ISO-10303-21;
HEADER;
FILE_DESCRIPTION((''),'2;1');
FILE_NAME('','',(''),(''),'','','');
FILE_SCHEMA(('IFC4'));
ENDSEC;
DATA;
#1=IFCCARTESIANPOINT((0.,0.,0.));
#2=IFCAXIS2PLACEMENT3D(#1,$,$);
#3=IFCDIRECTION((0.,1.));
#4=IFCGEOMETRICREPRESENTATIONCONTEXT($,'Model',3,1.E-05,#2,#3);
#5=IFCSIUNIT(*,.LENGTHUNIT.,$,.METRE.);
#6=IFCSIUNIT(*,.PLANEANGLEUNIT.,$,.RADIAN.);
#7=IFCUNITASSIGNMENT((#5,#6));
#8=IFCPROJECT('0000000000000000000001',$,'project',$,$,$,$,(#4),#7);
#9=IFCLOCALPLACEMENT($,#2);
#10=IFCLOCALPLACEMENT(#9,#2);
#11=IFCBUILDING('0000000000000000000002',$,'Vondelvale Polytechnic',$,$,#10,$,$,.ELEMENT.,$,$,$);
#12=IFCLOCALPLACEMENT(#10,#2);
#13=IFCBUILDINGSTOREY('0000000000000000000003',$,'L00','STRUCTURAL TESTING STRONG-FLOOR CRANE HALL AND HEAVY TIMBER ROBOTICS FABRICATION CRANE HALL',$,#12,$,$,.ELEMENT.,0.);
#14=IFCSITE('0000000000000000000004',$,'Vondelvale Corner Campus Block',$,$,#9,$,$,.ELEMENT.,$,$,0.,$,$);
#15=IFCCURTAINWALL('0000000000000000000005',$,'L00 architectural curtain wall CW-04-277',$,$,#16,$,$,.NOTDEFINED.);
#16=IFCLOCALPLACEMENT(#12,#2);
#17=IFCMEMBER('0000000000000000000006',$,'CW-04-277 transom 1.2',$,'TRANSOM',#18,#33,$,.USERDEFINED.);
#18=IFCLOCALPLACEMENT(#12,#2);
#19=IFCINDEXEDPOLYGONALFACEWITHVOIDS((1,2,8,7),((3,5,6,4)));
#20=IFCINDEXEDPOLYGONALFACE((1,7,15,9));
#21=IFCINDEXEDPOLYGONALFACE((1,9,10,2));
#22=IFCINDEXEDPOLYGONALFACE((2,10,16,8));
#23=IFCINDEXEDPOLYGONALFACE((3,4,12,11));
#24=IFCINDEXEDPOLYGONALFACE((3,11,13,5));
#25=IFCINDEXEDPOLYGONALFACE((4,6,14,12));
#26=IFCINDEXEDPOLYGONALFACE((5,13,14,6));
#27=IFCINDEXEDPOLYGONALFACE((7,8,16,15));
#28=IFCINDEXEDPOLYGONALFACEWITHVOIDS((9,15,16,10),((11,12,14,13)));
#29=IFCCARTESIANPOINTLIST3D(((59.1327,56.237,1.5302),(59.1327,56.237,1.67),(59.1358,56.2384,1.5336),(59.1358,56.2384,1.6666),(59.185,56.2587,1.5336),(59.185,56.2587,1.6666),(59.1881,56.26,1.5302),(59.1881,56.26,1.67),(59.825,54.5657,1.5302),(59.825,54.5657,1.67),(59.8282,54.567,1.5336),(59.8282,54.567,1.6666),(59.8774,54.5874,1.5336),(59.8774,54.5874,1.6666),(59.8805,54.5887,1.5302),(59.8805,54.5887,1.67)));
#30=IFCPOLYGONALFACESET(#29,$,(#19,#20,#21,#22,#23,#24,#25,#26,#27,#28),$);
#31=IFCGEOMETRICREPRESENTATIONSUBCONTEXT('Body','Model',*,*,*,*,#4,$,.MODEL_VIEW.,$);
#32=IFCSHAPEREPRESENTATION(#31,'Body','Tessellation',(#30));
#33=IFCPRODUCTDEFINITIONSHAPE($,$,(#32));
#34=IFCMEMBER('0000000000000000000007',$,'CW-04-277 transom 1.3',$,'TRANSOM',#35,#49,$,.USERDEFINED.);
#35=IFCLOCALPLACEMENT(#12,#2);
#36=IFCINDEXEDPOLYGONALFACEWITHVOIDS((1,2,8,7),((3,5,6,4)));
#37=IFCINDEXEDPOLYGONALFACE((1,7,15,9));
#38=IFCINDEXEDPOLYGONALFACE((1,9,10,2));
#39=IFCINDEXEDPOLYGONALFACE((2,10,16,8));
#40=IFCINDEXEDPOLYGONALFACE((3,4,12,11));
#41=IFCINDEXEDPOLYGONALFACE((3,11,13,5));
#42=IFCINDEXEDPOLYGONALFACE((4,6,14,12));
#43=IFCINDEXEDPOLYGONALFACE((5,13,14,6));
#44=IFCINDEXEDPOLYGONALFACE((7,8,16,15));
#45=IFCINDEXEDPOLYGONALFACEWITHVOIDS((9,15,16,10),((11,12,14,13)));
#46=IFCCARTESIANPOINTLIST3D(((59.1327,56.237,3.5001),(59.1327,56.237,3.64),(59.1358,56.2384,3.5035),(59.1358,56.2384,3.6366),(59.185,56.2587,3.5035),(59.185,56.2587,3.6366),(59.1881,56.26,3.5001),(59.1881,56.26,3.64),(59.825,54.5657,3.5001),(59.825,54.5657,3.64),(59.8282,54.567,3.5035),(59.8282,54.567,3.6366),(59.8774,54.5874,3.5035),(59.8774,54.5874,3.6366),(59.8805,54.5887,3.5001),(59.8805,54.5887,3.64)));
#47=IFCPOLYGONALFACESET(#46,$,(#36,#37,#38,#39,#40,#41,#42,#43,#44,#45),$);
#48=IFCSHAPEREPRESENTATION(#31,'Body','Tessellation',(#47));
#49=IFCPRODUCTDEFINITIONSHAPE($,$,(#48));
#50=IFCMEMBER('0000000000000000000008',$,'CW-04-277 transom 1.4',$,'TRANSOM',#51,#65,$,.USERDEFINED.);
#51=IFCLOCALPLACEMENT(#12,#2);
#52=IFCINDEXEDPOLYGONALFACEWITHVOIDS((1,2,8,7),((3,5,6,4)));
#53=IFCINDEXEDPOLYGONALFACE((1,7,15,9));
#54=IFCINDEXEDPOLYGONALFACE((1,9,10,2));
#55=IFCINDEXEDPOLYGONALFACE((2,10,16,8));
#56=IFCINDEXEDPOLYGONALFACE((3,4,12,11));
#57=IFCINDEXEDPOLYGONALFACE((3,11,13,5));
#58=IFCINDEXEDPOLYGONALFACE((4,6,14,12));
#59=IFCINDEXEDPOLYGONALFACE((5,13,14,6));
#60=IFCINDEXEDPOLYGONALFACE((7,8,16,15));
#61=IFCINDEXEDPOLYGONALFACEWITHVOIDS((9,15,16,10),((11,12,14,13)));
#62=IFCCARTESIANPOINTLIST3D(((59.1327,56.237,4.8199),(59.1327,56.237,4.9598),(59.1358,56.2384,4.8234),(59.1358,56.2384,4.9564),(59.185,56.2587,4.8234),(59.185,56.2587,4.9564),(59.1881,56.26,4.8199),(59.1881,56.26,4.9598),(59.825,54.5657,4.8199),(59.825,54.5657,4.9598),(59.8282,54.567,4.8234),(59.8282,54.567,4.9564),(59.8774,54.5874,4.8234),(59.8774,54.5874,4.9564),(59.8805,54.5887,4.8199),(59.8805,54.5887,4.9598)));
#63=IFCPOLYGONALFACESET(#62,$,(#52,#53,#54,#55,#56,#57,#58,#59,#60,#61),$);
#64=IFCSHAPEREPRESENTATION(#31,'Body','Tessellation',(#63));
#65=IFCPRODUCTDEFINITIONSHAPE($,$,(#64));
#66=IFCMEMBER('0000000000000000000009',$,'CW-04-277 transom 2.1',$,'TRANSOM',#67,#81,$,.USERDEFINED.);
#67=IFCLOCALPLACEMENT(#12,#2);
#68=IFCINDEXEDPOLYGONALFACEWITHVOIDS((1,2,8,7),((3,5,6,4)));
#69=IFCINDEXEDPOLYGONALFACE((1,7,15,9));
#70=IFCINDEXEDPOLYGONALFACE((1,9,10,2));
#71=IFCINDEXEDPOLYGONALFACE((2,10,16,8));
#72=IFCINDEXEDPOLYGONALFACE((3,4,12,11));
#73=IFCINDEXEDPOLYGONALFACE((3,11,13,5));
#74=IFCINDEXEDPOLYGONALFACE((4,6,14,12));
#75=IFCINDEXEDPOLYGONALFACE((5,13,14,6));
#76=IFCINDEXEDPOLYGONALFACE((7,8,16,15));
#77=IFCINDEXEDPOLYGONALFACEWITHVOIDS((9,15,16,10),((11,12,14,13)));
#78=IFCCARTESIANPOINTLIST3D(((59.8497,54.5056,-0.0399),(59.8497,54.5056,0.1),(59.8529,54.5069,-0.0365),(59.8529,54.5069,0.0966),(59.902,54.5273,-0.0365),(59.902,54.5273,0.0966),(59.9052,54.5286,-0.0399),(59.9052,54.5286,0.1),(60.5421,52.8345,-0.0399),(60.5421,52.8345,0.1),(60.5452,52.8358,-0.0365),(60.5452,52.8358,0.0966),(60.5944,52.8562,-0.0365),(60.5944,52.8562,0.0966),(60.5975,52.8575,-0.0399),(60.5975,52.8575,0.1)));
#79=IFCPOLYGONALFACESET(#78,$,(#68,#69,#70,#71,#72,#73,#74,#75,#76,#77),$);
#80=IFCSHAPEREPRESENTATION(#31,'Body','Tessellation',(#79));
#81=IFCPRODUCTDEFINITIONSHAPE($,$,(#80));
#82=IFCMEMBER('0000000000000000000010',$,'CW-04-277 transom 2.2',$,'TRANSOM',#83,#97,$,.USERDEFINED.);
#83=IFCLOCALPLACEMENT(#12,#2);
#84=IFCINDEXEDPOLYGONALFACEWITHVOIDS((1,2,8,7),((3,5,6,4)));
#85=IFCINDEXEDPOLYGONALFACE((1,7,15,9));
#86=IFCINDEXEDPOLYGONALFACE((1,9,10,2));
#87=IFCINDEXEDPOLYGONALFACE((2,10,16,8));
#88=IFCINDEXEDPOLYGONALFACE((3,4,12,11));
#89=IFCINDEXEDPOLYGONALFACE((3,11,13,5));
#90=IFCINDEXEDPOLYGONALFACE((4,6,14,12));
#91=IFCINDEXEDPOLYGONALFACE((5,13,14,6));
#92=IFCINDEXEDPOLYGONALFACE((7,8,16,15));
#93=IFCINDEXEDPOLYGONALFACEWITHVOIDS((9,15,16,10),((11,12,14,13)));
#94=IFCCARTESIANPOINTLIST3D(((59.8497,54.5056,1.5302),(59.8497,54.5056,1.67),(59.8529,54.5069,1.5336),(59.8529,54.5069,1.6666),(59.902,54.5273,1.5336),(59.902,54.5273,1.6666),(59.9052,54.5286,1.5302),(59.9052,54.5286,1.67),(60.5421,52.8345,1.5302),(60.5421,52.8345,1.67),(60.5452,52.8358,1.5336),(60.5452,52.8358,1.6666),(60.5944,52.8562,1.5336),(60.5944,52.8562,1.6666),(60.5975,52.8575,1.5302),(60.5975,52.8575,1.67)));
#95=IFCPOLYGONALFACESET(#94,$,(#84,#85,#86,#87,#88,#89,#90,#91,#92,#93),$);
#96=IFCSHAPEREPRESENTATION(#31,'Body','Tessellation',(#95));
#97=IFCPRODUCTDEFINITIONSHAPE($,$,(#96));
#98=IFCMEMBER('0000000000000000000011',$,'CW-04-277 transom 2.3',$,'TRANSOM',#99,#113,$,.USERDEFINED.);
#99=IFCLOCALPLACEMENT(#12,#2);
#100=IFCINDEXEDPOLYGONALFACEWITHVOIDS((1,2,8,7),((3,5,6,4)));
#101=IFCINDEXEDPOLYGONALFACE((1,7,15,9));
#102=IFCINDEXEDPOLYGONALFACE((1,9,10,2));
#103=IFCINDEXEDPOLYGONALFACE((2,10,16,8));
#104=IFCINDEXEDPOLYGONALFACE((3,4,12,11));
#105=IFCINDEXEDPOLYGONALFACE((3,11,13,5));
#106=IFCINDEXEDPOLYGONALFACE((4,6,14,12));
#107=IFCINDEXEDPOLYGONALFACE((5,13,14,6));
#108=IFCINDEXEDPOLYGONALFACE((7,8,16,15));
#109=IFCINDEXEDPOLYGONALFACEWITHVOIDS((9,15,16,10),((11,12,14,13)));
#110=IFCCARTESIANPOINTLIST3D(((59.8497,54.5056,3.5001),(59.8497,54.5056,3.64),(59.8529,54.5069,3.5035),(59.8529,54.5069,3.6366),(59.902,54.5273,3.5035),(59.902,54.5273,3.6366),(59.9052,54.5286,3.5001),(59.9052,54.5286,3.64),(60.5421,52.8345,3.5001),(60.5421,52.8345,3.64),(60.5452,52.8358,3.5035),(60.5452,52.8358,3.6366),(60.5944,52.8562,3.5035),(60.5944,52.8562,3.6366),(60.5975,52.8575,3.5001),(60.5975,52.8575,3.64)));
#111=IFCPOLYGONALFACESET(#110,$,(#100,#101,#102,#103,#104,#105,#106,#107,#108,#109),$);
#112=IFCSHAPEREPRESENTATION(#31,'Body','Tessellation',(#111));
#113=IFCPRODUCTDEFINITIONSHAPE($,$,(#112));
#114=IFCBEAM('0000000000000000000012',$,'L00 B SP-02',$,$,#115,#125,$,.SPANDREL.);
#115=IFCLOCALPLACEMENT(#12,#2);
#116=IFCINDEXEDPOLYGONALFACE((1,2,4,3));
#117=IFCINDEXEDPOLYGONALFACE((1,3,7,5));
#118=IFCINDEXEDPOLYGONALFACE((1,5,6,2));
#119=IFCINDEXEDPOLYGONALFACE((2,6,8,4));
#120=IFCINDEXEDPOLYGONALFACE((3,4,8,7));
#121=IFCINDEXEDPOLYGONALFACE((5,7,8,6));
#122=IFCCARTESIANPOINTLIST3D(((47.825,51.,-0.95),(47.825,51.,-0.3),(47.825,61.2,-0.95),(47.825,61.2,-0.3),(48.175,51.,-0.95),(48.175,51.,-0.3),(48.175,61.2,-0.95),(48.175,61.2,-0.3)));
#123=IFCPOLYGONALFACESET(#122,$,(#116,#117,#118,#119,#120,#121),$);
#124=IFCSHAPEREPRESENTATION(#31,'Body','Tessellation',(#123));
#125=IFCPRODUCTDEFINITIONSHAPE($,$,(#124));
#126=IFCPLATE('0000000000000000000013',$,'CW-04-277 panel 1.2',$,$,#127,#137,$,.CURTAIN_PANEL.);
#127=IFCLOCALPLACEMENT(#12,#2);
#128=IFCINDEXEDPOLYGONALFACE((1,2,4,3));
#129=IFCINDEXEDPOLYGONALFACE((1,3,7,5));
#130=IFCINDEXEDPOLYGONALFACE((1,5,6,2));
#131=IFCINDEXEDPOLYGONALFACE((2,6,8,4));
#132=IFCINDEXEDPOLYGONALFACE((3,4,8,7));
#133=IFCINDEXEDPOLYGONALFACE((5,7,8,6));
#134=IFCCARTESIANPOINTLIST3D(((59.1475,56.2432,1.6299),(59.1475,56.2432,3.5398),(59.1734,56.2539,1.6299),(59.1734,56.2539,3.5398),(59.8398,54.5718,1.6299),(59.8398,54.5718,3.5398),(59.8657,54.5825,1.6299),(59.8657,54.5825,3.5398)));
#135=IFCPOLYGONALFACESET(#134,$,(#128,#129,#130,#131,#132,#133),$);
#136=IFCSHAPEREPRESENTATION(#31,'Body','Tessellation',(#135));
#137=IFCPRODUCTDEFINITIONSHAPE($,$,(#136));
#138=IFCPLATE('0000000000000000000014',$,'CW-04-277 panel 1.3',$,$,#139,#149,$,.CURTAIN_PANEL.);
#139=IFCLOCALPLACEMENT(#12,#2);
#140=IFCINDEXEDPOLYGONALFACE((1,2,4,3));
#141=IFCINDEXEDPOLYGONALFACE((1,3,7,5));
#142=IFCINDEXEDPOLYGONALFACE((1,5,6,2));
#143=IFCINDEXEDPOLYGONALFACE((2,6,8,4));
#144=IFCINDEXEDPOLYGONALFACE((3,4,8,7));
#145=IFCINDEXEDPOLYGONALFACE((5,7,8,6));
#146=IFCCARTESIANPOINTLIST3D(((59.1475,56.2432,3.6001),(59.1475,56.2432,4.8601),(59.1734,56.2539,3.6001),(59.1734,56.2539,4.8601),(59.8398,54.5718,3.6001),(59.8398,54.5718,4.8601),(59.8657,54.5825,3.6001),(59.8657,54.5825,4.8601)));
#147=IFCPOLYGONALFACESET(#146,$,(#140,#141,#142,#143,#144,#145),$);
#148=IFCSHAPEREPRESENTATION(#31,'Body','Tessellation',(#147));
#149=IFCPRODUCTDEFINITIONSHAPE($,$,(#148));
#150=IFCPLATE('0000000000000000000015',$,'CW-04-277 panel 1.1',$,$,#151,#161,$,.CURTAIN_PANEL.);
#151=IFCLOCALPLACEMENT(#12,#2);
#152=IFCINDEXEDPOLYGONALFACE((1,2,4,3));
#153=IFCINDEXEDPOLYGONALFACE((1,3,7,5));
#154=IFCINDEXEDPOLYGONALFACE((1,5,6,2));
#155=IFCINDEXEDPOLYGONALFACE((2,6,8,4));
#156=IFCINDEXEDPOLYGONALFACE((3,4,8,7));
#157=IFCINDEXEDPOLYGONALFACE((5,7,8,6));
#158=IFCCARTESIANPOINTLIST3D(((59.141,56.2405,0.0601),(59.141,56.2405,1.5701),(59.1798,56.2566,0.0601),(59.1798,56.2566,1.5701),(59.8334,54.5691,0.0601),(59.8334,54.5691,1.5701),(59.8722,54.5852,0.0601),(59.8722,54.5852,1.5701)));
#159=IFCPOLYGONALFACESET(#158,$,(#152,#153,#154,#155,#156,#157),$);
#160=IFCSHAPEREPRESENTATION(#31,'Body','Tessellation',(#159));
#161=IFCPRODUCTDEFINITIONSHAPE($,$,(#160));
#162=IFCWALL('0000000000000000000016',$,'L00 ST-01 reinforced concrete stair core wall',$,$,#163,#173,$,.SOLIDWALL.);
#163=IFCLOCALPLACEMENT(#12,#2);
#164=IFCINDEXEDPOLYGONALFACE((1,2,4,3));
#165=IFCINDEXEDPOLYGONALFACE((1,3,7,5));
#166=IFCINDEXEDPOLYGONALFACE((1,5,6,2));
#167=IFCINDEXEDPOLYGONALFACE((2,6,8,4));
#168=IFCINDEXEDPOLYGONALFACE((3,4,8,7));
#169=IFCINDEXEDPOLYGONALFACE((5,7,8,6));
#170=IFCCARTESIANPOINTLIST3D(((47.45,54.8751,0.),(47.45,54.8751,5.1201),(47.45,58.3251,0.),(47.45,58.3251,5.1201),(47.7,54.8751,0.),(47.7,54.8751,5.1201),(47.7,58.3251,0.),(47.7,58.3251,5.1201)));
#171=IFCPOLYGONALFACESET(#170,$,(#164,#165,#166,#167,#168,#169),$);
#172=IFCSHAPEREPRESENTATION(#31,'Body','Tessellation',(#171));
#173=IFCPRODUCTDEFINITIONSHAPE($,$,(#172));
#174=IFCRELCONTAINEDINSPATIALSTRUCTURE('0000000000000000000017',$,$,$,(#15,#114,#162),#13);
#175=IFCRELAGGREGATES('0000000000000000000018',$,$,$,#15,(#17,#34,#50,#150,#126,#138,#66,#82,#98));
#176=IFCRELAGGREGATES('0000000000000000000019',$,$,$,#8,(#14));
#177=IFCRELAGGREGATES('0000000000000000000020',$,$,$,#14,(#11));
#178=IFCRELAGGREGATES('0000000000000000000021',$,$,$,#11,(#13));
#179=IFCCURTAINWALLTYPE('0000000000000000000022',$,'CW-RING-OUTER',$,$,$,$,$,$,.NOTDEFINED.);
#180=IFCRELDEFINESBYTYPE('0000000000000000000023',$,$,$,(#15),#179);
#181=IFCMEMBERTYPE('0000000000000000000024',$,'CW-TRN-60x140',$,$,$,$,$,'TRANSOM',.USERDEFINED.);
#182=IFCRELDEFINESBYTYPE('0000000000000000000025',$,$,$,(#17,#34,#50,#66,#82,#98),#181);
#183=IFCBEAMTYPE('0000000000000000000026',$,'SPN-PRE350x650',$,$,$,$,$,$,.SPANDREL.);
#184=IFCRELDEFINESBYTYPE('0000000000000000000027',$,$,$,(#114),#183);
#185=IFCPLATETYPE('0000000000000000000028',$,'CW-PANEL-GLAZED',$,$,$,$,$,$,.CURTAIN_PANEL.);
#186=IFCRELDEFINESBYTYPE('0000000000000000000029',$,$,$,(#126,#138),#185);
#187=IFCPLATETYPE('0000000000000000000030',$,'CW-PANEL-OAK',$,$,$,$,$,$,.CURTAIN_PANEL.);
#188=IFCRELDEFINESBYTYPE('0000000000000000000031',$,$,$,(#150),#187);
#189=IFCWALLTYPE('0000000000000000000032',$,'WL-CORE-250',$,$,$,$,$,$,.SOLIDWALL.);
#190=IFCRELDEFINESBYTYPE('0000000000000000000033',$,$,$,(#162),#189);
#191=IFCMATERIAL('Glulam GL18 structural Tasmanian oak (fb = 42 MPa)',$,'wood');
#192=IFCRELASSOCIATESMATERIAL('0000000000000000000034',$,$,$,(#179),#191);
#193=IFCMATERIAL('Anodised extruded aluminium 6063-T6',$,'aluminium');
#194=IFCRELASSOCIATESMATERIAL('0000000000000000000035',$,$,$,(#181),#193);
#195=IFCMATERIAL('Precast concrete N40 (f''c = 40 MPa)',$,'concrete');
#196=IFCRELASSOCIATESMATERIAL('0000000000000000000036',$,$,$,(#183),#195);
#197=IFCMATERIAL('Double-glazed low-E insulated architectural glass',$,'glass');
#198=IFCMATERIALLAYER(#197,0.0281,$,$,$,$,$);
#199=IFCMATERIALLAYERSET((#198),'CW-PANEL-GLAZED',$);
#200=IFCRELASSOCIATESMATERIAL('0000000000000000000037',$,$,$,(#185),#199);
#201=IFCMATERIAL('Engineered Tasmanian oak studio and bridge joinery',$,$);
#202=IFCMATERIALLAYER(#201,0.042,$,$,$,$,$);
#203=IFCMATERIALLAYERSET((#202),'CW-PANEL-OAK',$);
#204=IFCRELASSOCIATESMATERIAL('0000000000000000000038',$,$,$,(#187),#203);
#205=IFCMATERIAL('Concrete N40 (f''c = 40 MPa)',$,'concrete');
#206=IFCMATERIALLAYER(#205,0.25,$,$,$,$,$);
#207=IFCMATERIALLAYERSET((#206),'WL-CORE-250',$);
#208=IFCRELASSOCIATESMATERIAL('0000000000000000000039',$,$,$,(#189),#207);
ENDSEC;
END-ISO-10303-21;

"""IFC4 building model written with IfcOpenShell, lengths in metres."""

from ifc_helpers import new_model, si_unit, direction, frame, frame_2d, origin, origin_2d, place, context, subcontext, project, spatial, rectangle, hollow_rectangle, extrude, material, layer, layer_set, material_profile, profile_set, type_object, element, aggregate, save


model = new_model("IFC4")

# Units and contexts
model_context = context("Model", 3, precision=1e-05, world=origin(), true_north=direction((0.0, 1.0)))
body_context = subcontext(model_context, "Body", "Model", "MODEL_VIEW")
ifc_project = project(units=[si_unit("LENGTHUNIT", "METRE"), si_unit("PLANEANGLEUNIT", "RADIAN")], contexts=[model_context])

# Site, building, storey
site_placement = place(None, origin())
site = spatial("IfcSite", under=ifc_project, at=site_placement, Name="Vondelvale Corner Campus Block", CompositionType="ELEMENT", RefElevation=0.0)
building_placement = place(site_placement, origin())
building = spatial("IfcBuilding", under=site, at=building_placement, Name="Vondelvale Polytechnic", CompositionType="ELEMENT")
storey_placement = place(building_placement, origin())
storey = spatial("IfcBuildingStorey", under=building, at=storey_placement, Name="L00", Description="STRUCTURAL TESTING STRONG-FLOOR CRANE HALL AND HEAVY TIMBER ROBOTICS FABRICATION CRANE HALL", CompositionType="ELEMENT", Elevation=0.0)

# Shared definitions
ifc_material_1 = material(Name="Concrete N40 (f'c = 40 MPa)", Category="concrete")

# Curtain wall, members
ifc_material_2 = material(Name="Glulam GL18 structural Tasmanian oak (fb = 42 MPa)", Category="wood")
curtain_wall_type = type_object("IfcCurtainWallType", Name="CW-RING-OUTER", PredefinedType="NOTDEFINED", material=ifc_material_2)
curtain_wall_placement = place(storey_placement, origin())
curtain_wall = element("IfcCurtainWall", 1, at=curtain_wall_placement, inside=storey, type_object=curtain_wall_type, Name="L00 architectural curtain wall CW-04-277", PredefinedType="NOTDEFINED")
ifc_material_3 = material(Name="Anodised extruded aluminium 6063-T6", Category="aluminium")
ifc_material_profile_1 = material_profile(ifc_material_3, hollow_rectangle(XDim=0.0601, YDim=0.1399, WallThickness=0.0034, at=origin_2d()), Name="CW-TRN-140x60")
ifc_profile_set_1 = profile_set([ifc_material_profile_1], Name="Anodised extruded aluminium 6063-T6")
member_type_1 = type_object("IfcMemberType", Name="CW-TRN-60x140", ElementType="TRANSOM", PredefinedType="USERDEFINED", material=ifc_profile_set_1)
member_1_placement = place(storey_placement, frame((59.1604, 56.2485, 1.6001), z_axis=(0.382717, -0.923866, 0.0), x_axis=(0.923866, 0.382717, 0.0)))
member_1 = element("IfcMember", 2, at=member_1_placement, type_object=member_type_1, Name="CW-04-277 transom 1.2", ObjectType="TRANSOM", PredefinedType="USERDEFINED", context=body_context, shape_type="SweptSolid", body=[
    extrude(hollow_rectangle(XDim=0.0601, YDim=0.1399, WallThickness=0.0034, at=origin_2d()), origin(), (0.0, 0.0, 1.0), 1.8091),
])
member_2_placement = place(storey_placement, frame((59.1604, 56.2485, 3.5701), z_axis=(0.382717, -0.923866, 0.0), x_axis=(0.923866, 0.382717, 0.0)))
member_2 = element("IfcMember", 3, at=member_2_placement, type_object=member_type_1, Name="CW-04-277 transom 1.3", ObjectType="TRANSOM", PredefinedType="USERDEFINED", context=body_context, shape_type="SweptSolid", body=[
    extrude(hollow_rectangle(XDim=0.0601, YDim=0.1399, WallThickness=0.0034, at=origin_2d()), origin(), (0.0, 0.0, 1.0), 1.8091),
])
member_3_placement = place(storey_placement, frame((59.1604, 56.2485, 4.8899), z_axis=(0.382717, -0.923866, 0.0), x_axis=(0.923866, 0.382717, 0.0)))
member_3 = element("IfcMember", 4, at=member_3_placement, type_object=member_type_1, Name="CW-04-277 transom 1.4", ObjectType="TRANSOM", PredefinedType="USERDEFINED", context=body_context, shape_type="SweptSolid", body=[
    extrude(hollow_rectangle(XDim=0.0601, YDim=0.1399, WallThickness=0.0034, at=origin_2d()), origin(), (0.0, 0.0, 1.0), 1.8091),
])
member_4_placement = place(storey_placement, frame((59.8774, 54.5171, 0.03), z_axis=(0.382765, -0.923846, 0.0), x_axis=(0.923846, 0.382765, 0.0)))
member_4 = element("IfcMember", 5, at=member_4_placement, type_object=member_type_1, Name="CW-04-277 transom 2.1", ObjectType="TRANSOM", PredefinedType="USERDEFINED", context=body_context, shape_type="SweptSolid", body=[
    extrude(hollow_rectangle(XDim=0.0601, YDim=0.1399, WallThickness=0.0034, at=origin_2d()), origin(), (0.0, 0.0, 1.0), 1.8088),
])
member_5_placement = place(storey_placement, frame((59.8774, 54.5171, 1.6001), z_axis=(0.382765, -0.923846, 0.0), x_axis=(0.923846, 0.382765, 0.0)))
member_5 = element("IfcMember", 6, at=member_5_placement, type_object=member_type_1, Name="CW-04-277 transom 2.2", ObjectType="TRANSOM", PredefinedType="USERDEFINED", context=body_context, shape_type="SweptSolid", body=[
    extrude(hollow_rectangle(XDim=0.0601, YDim=0.1399, WallThickness=0.0034, at=origin_2d()), origin(), (0.0, 0.0, 1.0), 1.8088),
])
member_6_placement = place(storey_placement, frame((59.8774, 54.5171, 3.5701), z_axis=(0.382765, -0.923846, 0.0), x_axis=(0.923846, 0.382765, 0.0)))
member_6 = element("IfcMember", 7, at=member_6_placement, type_object=member_type_1, Name="CW-04-277 transom 2.3", ObjectType="TRANSOM", PredefinedType="USERDEFINED", context=body_context, shape_type="SweptSolid", body=[
    extrude(hollow_rectangle(XDim=0.0601, YDim=0.1399, WallThickness=0.0034, at=origin_2d()), origin(), (0.0, 0.0, 1.0), 1.8088),
])

# Beam
ifc_material_4 = material(Name="Precast concrete N40 (f'c = 40 MPa)", Category="concrete")
ifc_material_profile_2 = material_profile(ifc_material_4, rectangle(XDim=0.3501, YDim=0.6499, at=origin_2d()), Name="RC-SPN-350x650")
ifc_profile_set_2 = profile_set([ifc_material_profile_2], Name="Precast concrete N40 (f'c = 40 MPa)")
beam_type_1 = type_object("IfcBeamType", Name="SPN-PRE350x650", PredefinedType="SPANDREL", material=ifc_profile_set_2)
beam_placement = place(storey_placement, frame((48.0, 51.0, -0.625), z_axis=(0.0, 1.0, 0.0), x_axis=(-1.0, 0.0, 0.0)))
element("IfcBeam", 8, at=beam_placement, inside=storey, type_object=beam_type_1, Name="L00 B SP-02", PredefinedType="SPANDREL", context=body_context, shape_type="SweptSolid", body=[
    extrude(rectangle(XDim=0.3501, YDim=0.6499, at=origin_2d()), origin(), (0.0, 0.0, 1.0), 10.2),
])

# Plates
ifc_material_5 = material(Name="Double-glazed low-E insulated architectural glass", Category="glass")
ifc_layer_1 = layer(ifc_material_5, 0.0281)
ifc_layer_set_1 = layer_set([ifc_layer_1], Name="CW-PANEL-GLAZED")
plate_type_1 = type_object("IfcPlateType", Name="CW-PANEL-GLAZED", PredefinedType="CURTAIN_PANEL", material=ifc_layer_set_1)
plate_1_placement = place(storey_placement, frame((59.5066, 55.4128, 1.6299), z_axis=(0.0, 0.0, 1.0), x_axis=(0.382695, -0.923875, 0.0)))
plate_1 = element("IfcPlate", 9, at=plate_1_placement, type_object=plate_type_1, Name="CW-04-277 panel 1.2", PredefinedType="CURTAIN_PANEL", context=body_context, shape_type="SweptSolid", body=[
    extrude(rectangle(XDim=1.8091, YDim=0.0281, at=origin_2d()), origin(), (0.0, 0.0, 1.0), 1.9099),
])
plate_2_placement = place(storey_placement, frame((59.5066, 55.4128, 3.6001), z_axis=(0.0, 0.0, 1.0), x_axis=(0.382695, -0.923875, 0.0)))
plate_2 = element("IfcPlate", 10, at=plate_2_placement, type_object=plate_type_1, Name="CW-04-277 panel 1.3", PredefinedType="CURTAIN_PANEL", context=body_context, shape_type="SweptSolid", body=[
    extrude(rectangle(XDim=1.8091, YDim=0.0281, at=origin_2d()), origin(), (0.0, 0.0, 1.0), 1.26),
])
ifc_material_6 = material(Name="Engineered Tasmanian oak studio and bridge joinery")
ifc_layer_2 = layer(ifc_material_6, 0.042)
ifc_layer_set_2 = layer_set([ifc_layer_2], Name="CW-PANEL-OAK")
plate_type_2 = type_object("IfcPlateType", Name="CW-PANEL-OAK", PredefinedType="CURTAIN_PANEL", material=ifc_layer_set_2)
plate_3_placement = place(storey_placement, frame((59.5066, 55.4128, 0.0601), z_axis=(0.0, 0.0, 1.0), x_axis=(0.382695, -0.923875, 0.0)))
plate_3 = element("IfcPlate", 11, at=plate_3_placement, type_object=plate_type_2, Name="CW-04-277 panel 1.1", PredefinedType="CURTAIN_PANEL", context=body_context, shape_type="SweptSolid", body=[
    extrude(rectangle(XDim=1.8091, YDim=0.042, at=origin_2d()), origin(), (0.0, 0.0, 1.0), 1.51),
])
aggregate(curtain_wall, [member_1, member_2, member_3, plate_3, plate_1, plate_2, member_4, member_5, member_6])

# Wall
ifc_layer_3 = layer(ifc_material_1, 0.25)
ifc_layer_set_3 = layer_set([ifc_layer_3], Name="WL-CORE-250")
wall_type_1 = type_object("IfcWallType", Name="WL-CORE-250", PredefinedType="SOLIDWALL", material=ifc_layer_set_3)
wall_1_placement = place(storey_placement, frame((47.575, 54.875, 0.0), z_axis=(0.0, 0.0, 1.0), x_axis=(0.0, 1.0, 0.0)))
element("IfcWall", 12, at=wall_1_placement, inside=storey, type_object=wall_type_1, Name="L00 ST-01 reinforced concrete stair core wall", PredefinedType="SOLIDWALL", context=body_context, shape_type="SweptSolid", body=[
    extrude(rectangle(XDim=3.45, YDim=0.25, at=frame_2d((1.7251, 0.0))), origin(), (0.0, 0.0, 1.0), 5.1201),
])

save(model, "model.ifc")
